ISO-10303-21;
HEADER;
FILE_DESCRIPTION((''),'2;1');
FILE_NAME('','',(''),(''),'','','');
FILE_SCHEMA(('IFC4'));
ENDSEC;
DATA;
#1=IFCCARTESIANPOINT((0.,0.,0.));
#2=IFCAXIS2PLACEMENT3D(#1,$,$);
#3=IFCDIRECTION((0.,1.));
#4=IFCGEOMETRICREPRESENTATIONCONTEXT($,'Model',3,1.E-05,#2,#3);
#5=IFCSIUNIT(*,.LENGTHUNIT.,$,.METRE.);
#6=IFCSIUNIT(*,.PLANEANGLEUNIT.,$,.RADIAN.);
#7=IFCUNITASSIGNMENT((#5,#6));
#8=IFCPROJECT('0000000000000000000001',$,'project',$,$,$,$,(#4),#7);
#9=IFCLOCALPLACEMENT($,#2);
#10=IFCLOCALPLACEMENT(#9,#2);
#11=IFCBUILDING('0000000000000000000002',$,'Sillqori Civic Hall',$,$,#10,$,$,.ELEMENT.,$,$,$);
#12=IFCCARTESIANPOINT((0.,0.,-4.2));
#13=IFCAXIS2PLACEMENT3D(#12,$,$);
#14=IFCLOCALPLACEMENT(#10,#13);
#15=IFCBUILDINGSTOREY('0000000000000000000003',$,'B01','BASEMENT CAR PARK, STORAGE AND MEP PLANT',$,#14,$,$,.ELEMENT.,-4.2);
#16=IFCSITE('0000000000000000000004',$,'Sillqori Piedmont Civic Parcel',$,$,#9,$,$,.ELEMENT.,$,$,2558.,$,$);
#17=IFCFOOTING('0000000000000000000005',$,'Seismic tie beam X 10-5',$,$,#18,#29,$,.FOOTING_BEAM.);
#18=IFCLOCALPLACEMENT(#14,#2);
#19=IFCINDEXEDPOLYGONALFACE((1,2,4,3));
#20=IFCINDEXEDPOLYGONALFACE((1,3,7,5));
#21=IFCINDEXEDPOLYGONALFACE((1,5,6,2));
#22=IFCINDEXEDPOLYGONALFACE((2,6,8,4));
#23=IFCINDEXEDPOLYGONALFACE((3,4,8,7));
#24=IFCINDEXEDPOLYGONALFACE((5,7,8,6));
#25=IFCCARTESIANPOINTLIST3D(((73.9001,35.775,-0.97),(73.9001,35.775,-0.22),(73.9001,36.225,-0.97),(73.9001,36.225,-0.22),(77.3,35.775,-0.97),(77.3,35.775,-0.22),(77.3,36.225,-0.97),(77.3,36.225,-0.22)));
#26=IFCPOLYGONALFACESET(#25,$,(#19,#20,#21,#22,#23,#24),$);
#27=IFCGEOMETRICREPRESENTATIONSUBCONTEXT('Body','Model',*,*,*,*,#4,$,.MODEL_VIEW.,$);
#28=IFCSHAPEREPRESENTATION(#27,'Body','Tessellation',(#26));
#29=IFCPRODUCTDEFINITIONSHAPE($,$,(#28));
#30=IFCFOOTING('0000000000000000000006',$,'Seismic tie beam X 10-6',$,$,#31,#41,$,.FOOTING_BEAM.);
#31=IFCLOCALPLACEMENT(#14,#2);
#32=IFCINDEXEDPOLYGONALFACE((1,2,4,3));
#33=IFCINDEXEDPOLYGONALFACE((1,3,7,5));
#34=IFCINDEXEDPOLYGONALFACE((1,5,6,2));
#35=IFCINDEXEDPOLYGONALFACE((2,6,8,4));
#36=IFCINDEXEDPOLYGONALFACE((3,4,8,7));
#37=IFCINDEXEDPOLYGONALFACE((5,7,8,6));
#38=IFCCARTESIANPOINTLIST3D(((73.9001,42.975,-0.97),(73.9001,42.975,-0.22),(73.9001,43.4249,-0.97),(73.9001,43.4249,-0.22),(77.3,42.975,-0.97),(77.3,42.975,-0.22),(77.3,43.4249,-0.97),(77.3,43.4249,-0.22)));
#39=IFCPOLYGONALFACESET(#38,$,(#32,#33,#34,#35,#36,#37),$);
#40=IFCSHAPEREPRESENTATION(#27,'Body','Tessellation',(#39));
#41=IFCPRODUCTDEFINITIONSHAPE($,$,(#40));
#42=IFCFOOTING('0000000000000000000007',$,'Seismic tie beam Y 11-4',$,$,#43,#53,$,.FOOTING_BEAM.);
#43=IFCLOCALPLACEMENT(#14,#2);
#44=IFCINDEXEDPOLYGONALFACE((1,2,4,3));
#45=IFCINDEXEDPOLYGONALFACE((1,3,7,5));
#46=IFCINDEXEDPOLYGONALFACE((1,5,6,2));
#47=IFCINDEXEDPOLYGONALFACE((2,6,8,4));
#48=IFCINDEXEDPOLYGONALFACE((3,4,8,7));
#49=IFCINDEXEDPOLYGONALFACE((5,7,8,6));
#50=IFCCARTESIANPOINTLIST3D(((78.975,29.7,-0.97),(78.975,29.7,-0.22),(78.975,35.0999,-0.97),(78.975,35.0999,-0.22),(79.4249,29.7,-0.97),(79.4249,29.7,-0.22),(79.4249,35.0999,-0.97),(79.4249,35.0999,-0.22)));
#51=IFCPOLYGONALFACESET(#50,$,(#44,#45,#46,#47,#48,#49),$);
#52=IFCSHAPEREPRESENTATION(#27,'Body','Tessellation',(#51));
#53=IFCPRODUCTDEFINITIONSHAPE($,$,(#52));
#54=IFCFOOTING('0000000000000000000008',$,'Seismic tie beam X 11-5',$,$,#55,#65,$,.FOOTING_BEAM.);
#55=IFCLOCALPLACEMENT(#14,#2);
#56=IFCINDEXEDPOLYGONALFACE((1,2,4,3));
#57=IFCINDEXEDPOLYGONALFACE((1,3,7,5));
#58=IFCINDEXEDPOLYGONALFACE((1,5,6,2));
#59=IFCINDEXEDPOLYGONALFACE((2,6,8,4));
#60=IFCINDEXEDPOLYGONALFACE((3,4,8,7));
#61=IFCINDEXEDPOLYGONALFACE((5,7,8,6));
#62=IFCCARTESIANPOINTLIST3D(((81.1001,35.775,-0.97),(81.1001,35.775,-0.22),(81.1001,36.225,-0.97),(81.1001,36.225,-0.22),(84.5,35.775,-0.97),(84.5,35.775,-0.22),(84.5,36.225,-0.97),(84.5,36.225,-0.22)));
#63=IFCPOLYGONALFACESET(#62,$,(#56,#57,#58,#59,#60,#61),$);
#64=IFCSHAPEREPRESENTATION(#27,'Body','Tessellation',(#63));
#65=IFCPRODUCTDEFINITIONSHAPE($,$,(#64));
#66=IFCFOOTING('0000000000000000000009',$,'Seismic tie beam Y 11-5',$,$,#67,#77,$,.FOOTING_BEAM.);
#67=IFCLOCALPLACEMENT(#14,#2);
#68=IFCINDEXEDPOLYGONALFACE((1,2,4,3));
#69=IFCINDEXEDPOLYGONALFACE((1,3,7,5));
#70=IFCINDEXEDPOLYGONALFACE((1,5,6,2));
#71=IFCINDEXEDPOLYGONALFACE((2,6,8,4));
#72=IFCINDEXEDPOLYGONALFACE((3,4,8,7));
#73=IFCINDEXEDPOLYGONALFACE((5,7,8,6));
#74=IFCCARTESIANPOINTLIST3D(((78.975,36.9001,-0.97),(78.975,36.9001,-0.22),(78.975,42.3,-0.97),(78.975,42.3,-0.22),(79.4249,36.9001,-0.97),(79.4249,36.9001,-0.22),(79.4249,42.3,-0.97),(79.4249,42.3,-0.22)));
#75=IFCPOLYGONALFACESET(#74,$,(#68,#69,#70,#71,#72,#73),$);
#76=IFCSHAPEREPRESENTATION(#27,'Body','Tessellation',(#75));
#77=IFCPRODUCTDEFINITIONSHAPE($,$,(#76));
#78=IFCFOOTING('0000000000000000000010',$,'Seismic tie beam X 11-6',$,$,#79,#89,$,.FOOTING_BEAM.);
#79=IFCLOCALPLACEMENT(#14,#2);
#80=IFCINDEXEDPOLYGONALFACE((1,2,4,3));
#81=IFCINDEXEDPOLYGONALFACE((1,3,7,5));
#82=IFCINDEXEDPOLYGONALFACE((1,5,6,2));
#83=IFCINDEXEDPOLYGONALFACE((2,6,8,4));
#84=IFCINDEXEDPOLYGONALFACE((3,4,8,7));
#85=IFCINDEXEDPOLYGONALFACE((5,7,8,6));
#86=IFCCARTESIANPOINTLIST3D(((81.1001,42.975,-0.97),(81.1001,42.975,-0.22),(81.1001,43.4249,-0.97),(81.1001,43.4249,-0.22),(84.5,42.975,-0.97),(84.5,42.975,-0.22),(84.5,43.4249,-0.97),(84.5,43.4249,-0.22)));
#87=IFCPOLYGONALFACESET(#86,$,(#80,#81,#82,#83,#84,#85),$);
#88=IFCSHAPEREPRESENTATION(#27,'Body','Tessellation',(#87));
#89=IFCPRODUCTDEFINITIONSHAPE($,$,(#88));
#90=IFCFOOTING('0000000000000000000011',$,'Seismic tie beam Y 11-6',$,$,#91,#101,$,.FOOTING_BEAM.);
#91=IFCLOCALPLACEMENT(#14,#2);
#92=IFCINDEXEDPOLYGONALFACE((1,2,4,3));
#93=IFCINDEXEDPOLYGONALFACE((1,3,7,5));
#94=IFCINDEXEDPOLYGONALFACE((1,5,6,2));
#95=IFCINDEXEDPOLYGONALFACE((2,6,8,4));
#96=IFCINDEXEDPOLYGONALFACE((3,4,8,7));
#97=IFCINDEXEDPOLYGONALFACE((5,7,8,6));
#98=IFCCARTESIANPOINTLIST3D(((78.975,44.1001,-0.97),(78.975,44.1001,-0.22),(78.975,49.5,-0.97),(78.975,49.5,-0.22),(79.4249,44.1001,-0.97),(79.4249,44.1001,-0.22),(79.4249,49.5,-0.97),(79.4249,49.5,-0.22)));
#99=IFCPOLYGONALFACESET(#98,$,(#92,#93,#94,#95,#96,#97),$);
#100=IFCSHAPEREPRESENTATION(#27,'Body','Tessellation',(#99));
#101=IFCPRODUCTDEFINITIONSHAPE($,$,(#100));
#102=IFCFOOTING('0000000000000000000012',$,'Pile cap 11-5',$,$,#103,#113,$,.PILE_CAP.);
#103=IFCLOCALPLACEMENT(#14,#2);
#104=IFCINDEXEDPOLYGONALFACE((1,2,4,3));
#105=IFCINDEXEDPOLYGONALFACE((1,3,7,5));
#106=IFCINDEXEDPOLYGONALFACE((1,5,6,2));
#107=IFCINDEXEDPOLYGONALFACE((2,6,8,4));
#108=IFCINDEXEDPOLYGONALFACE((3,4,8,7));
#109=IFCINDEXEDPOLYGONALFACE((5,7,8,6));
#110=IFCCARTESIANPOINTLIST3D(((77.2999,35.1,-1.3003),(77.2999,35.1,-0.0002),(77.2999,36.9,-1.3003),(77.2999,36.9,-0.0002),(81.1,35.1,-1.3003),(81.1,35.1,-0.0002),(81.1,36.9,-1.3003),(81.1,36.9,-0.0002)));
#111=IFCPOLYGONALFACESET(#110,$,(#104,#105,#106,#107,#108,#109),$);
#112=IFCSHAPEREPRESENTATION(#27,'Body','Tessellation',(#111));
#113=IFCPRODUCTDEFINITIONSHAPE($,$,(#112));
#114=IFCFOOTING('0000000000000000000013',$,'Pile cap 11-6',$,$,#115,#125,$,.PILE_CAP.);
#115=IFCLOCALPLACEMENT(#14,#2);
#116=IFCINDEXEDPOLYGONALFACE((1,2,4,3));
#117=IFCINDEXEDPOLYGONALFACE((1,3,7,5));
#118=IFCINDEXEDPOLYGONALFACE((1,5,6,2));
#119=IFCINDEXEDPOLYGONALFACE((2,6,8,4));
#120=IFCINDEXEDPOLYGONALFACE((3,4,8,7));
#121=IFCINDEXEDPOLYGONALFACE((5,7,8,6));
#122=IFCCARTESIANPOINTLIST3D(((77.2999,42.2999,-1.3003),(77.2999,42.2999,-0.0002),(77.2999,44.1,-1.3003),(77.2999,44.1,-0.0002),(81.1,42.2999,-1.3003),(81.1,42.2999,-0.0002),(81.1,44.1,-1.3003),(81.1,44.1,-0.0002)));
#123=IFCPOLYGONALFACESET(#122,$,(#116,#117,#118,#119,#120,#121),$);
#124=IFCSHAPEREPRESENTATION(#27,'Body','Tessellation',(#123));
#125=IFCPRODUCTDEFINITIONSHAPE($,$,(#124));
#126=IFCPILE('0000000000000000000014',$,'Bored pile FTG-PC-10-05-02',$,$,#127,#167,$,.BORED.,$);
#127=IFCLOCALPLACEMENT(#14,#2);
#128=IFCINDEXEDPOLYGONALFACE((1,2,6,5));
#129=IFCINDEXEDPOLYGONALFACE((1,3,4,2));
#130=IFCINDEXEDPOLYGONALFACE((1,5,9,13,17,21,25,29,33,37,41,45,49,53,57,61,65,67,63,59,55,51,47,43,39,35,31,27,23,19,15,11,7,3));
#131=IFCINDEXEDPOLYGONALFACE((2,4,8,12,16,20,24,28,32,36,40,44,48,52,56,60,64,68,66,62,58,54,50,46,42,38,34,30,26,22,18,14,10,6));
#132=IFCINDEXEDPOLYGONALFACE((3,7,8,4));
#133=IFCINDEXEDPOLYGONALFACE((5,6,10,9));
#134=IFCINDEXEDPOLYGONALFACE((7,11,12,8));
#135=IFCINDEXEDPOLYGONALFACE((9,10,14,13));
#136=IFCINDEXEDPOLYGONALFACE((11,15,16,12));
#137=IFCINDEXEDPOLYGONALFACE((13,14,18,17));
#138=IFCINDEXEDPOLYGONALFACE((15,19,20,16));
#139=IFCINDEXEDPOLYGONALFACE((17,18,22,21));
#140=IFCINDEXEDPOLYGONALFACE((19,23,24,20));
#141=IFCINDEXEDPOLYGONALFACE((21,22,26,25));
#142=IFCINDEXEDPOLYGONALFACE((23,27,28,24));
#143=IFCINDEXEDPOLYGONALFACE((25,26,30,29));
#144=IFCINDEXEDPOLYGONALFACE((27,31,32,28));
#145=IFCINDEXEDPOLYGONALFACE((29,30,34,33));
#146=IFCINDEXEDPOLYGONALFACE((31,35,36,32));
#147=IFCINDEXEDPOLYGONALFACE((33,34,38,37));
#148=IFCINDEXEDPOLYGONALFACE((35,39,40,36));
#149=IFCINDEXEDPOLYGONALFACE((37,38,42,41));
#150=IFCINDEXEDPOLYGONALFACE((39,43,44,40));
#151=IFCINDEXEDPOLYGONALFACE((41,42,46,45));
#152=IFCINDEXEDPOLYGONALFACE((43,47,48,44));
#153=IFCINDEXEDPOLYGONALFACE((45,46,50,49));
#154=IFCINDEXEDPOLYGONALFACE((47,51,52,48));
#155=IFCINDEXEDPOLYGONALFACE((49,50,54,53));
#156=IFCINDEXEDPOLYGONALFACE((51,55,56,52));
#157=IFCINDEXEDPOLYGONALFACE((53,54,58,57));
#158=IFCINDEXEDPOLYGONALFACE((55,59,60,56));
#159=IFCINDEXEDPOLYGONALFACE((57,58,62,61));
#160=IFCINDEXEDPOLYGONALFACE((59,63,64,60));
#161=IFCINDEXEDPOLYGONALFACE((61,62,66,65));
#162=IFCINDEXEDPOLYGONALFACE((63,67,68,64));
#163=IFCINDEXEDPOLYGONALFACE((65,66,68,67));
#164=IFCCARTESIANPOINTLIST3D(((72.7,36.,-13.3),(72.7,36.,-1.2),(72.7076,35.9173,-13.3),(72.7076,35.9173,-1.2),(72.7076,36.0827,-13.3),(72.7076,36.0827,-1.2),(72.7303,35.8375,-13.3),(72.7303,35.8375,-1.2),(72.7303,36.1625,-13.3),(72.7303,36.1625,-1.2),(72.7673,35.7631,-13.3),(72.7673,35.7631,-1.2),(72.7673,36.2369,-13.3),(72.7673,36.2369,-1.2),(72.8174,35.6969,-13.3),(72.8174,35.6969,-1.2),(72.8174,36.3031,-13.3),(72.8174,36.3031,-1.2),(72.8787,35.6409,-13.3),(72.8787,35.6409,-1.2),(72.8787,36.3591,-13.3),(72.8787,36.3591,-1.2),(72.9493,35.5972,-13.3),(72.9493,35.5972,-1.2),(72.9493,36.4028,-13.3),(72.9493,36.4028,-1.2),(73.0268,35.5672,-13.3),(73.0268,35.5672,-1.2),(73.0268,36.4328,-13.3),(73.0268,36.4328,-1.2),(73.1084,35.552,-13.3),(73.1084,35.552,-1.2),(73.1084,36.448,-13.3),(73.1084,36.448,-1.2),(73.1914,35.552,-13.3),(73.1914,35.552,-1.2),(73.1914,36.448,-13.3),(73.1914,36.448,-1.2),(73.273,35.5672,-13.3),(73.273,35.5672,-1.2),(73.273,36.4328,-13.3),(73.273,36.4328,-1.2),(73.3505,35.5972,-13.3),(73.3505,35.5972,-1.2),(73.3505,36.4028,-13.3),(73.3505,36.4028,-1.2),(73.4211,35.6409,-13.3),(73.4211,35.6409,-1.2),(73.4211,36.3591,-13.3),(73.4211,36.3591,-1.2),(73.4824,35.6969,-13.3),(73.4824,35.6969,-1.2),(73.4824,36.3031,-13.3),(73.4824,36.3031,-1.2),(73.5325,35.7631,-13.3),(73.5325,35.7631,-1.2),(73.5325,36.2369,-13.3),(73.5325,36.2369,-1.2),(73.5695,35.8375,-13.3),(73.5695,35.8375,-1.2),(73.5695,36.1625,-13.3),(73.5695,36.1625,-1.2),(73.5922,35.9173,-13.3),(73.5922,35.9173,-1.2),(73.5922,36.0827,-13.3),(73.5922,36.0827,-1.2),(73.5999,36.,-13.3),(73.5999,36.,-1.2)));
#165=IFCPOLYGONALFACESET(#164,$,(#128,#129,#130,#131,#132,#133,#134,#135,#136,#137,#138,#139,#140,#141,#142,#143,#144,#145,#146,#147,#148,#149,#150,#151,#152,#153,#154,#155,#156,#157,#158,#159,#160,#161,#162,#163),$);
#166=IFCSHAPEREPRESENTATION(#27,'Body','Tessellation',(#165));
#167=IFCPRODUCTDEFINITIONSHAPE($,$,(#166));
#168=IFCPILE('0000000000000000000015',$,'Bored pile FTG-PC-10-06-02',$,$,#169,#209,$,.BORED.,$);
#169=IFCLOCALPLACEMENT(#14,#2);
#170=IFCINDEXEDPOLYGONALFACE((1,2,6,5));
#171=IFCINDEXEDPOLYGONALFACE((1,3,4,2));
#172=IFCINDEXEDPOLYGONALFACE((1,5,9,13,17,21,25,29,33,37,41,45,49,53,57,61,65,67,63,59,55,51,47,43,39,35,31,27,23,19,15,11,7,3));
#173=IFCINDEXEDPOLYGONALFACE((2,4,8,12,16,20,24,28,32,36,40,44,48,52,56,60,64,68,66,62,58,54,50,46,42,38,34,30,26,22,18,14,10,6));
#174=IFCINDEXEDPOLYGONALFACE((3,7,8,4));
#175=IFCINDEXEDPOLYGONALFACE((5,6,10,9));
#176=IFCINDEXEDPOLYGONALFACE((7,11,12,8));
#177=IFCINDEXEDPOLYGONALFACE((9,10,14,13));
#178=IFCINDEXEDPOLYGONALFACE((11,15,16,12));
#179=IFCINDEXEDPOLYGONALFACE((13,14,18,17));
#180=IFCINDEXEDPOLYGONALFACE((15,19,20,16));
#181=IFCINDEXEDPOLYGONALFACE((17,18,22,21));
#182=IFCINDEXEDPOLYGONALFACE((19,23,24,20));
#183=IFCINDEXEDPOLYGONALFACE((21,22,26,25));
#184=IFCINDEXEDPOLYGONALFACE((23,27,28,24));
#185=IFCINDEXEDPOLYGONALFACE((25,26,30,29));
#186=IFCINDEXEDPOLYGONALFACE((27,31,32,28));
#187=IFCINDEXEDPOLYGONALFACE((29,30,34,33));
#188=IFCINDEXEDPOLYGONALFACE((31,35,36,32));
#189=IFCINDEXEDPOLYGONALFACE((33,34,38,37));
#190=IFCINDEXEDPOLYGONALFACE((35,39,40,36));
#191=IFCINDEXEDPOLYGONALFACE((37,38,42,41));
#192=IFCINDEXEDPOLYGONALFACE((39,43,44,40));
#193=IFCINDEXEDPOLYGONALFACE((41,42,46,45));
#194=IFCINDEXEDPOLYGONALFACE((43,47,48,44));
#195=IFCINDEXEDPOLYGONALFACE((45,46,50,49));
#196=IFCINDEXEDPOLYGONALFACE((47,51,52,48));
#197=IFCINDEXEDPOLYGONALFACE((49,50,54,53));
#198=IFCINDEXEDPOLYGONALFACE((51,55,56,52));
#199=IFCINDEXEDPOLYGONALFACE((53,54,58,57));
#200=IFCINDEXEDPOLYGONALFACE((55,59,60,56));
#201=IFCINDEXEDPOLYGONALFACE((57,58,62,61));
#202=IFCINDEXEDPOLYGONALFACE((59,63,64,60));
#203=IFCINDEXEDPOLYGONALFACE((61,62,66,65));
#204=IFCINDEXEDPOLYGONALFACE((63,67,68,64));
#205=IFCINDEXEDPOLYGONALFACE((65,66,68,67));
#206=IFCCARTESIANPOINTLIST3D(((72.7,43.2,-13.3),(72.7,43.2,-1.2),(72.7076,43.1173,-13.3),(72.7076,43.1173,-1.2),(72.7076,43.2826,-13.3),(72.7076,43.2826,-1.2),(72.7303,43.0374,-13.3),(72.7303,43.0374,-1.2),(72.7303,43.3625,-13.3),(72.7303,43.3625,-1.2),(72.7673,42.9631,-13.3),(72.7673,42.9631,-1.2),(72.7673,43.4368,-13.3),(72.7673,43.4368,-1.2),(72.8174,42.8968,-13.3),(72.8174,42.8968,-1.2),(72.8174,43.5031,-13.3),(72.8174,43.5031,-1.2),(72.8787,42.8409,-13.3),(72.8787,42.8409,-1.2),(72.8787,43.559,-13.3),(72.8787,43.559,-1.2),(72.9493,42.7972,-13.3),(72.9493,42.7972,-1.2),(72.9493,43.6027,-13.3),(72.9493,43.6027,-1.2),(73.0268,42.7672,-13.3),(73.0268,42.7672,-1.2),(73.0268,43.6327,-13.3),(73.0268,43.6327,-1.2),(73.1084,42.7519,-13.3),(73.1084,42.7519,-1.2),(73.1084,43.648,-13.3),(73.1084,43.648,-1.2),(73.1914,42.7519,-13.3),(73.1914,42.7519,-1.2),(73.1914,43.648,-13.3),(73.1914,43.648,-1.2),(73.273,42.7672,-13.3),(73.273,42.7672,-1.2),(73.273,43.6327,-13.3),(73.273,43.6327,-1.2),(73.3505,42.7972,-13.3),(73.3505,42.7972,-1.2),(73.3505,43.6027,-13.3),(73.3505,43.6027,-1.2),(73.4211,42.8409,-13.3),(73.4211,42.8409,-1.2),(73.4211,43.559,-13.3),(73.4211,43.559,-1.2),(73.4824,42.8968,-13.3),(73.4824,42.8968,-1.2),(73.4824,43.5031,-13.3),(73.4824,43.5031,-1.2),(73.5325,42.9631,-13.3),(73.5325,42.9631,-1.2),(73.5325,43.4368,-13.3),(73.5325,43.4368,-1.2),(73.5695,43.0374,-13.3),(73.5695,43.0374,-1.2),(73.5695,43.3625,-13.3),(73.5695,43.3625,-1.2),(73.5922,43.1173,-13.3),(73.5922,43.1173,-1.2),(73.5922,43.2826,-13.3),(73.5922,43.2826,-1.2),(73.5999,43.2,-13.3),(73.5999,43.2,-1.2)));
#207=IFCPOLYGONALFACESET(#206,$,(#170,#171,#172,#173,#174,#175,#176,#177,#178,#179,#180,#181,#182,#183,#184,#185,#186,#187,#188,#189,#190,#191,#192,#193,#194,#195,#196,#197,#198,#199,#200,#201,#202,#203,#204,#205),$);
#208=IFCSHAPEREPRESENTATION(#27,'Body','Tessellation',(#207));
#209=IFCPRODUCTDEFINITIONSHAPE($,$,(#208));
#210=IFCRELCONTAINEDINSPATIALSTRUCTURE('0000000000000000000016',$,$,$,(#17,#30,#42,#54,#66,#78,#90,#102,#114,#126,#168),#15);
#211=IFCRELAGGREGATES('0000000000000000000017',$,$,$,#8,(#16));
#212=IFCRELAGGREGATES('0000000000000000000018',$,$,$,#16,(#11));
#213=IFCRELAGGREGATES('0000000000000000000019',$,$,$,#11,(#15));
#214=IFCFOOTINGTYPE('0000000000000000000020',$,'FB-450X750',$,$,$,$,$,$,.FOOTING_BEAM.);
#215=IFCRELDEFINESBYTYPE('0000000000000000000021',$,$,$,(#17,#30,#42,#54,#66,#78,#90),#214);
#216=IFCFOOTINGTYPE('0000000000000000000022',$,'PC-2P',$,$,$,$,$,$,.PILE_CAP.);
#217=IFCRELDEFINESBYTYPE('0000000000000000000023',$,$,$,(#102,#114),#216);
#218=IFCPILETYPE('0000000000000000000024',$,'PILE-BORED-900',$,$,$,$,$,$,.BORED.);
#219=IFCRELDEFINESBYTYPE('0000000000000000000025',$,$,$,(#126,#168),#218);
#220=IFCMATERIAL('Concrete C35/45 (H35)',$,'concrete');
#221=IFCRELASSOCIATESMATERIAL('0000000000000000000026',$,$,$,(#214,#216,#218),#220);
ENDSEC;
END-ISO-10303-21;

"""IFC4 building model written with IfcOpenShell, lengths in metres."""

from ifc_helpers import new_model, si_unit, direction, frame, origin, origin_2d, place, context, subcontext, project, spatial, rectangle, circle, extrude, material, material_profile, profile_set, type_object, element, save


model = new_model("IFC4")

# Units and contexts
model_context = context("Model", 3, precision=1e-05, world=origin(), true_north=direction((0.0, 1.0)))
body_context = subcontext(model_context, "Body", "Model", "MODEL_VIEW")
ifc_project = project(units=[si_unit("LENGTHUNIT", "METRE"), si_unit("PLANEANGLEUNIT", "RADIAN")], contexts=[model_context])

# Site, building, storey
site_placement = place(None, origin())
site = spatial("IfcSite", under=ifc_project, at=site_placement, Name="Sillqori Piedmont Civic Parcel", CompositionType="ELEMENT", RefElevation=2558.0)
building_placement = place(site_placement, origin())
building = spatial("IfcBuilding", under=site, at=building_placement, Name="Sillqori Civic Hall", CompositionType="ELEMENT")
storey_placement = place(building_placement, frame((0.0, 0.0, -4.2)))
storey = spatial("IfcBuildingStorey", under=building, at=storey_placement, Name="B01", Description="BASEMENT CAR PARK, STORAGE AND MEP PLANT", CompositionType="ELEMENT", Elevation=-4.2)

# Footings
ifc_material = material(Name="Concrete C35/45 (H35)", Category="concrete")
footing_type_1 = type_object("IfcFootingType", Name="FB-450X750", PredefinedType="FOOTING_BEAM", material=ifc_material)
for number, where, z_axis, x_axis, name in (
    (1, (75.6001, 36.0, -0.97), (0.0, 0.0, 1.0), (1.0, 0.0, 0.0), "Seismic tie beam X 10-5"),
    (2, (75.6001, 43.2, -0.97), (0.0, 0.0, 1.0), (1.0, 0.0, 0.0), "Seismic tie beam X 10-6"),
):
    element("IfcFooting", number, at=place(storey_placement, frame(where, z_axis=z_axis, x_axis=x_axis)), inside=storey, type_object=footing_type_1, Name=name, PredefinedType="FOOTING_BEAM", context=body_context, shape_type="SweptSolid", body=[
        extrude(rectangle(XDim=3.3999, YDim=0.45, at=origin_2d()), origin(), (0.0, 0.0, 1.0), 0.75),
    ])
footing_1_placement = place(storey_placement, frame((79.2, 32.3999, -0.97), z_axis=(0.0, 0.0, 1.0), x_axis=(1.0, 0.0, 0.0)))
element("IfcFooting", 3, at=footing_1_placement, inside=storey, type_object=footing_type_1, Name="Seismic tie beam Y 11-4", PredefinedType="FOOTING_BEAM", context=body_context, shape_type="SweptSolid", body=[
    extrude(rectangle(XDim=0.45, YDim=5.3999, at=origin_2d()), origin(), (0.0, 0.0, 1.0), 0.75),
])
footing_2_placement = place(storey_placement, frame((82.8, 36.0, -0.97), z_axis=(0.0, 0.0, 1.0), x_axis=(1.0, 0.0, 0.0)))
element("IfcFooting", 4, at=footing_2_placement, inside=storey, type_object=footing_type_1, Name="Seismic tie beam X 11-5", PredefinedType="FOOTING_BEAM", context=body_context, shape_type="SweptSolid", body=[
    extrude(rectangle(XDim=3.3999, YDim=0.45, at=origin_2d()), origin(), (0.0, 0.0, 1.0), 0.75),
])
footing_3_placement = place(storey_placement, frame((79.2, 39.6001, -0.97), z_axis=(0.0, 0.0, 1.0), x_axis=(1.0, 0.0, 0.0)))
element("IfcFooting", 5, at=footing_3_placement, inside=storey, type_object=footing_type_1, Name="Seismic tie beam Y 11-5", PredefinedType="FOOTING_BEAM", context=body_context, shape_type="SweptSolid", body=[
    extrude(rectangle(XDim=0.45, YDim=5.3999, at=origin_2d()), origin(), (0.0, 0.0, 1.0), 0.75),
])
footing_4_placement = place(storey_placement, frame((82.8, 43.2, -0.97), z_axis=(0.0, 0.0, 1.0), x_axis=(1.0, 0.0, 0.0)))
element("IfcFooting", 6, at=footing_4_placement, inside=storey, type_object=footing_type_1, Name="Seismic tie beam X 11-6", PredefinedType="FOOTING_BEAM", context=body_context, shape_type="SweptSolid", body=[
    extrude(rectangle(XDim=3.3999, YDim=0.45, at=origin_2d()), origin(), (0.0, 0.0, 1.0), 0.75),
])
footing_5_placement = place(storey_placement, frame((79.2, 46.8, -0.97), z_axis=(0.0, 0.0, 1.0), x_axis=(1.0, 0.0, 0.0)))
element("IfcFooting", 7, at=footing_5_placement, inside=storey, type_object=footing_type_1, Name="Seismic tie beam Y 11-6", PredefinedType="FOOTING_BEAM", context=body_context, shape_type="SweptSolid", body=[
    extrude(rectangle(XDim=0.45, YDim=5.3999, at=origin_2d()), origin(), (0.0, 0.0, 1.0), 0.75),
])
footing_type_2 = type_object("IfcFootingType", Name="PC-2P", PredefinedType="PILE_CAP", material=ifc_material)
for number, where, z_axis, x_axis, name in (
    (8, (79.2, 36.0, -1.3003), (0.0, 0.0, 1.0), (1.0, 0.0, 0.0), "Pile cap 11-5"),
    (9, (79.2, 43.2, -1.3003), (0.0, 0.0, 1.0), (1.0, 0.0, 0.0), "Pile cap 11-6"),
):
    element("IfcFooting", number, at=place(storey_placement, frame(where, z_axis=z_axis, x_axis=x_axis)), inside=storey, type_object=footing_type_2, Name=name, PredefinedType="PILE_CAP", context=body_context, shape_type="SweptSolid", body=[
        extrude(rectangle(XDim=3.8, YDim=1.8, at=origin_2d()), origin(), (0.0, 0.0, 1.0), 1.3),
    ])

# Piles
ifc_material_profile_1 = material_profile(ifc_material, circle(Radius=0.45, at=origin_2d()), Name="BORED PILE 900")
ifc_profile_set_1 = profile_set([ifc_material_profile_1], Name="Concrete C35/45 (H35)")
pile_type = type_object("IfcPileType", Name="PILE-BORED-900", PredefinedType="BORED", material=ifc_profile_set_1)
for number, where, z_axis, x_axis, name in (
    (10, (73.1499, 36.0, -1.2), (0.0, 0.0, -1.0), (1.0, 0.0, 0.0), "Bored pile FTG-PC-10-05-02"),
    (11, (73.1499, 43.2, -1.2), (0.0, 0.0, -1.0), (1.0, 0.0, 0.0), "Bored pile FTG-PC-10-06-02"),
):
    element("IfcPile", number, at=place(storey_placement, frame(where, z_axis=z_axis, x_axis=x_axis)), inside=storey, type_object=pile_type, Name=name, PredefinedType="BORED", context=body_context, shape_type="SweptSolid", body=[
        extrude(circle(Radius=0.45, at=origin_2d()), origin(), (0.0, 0.0, 1.0), 12.1001),
    ])

save(model, "model.ifc")
